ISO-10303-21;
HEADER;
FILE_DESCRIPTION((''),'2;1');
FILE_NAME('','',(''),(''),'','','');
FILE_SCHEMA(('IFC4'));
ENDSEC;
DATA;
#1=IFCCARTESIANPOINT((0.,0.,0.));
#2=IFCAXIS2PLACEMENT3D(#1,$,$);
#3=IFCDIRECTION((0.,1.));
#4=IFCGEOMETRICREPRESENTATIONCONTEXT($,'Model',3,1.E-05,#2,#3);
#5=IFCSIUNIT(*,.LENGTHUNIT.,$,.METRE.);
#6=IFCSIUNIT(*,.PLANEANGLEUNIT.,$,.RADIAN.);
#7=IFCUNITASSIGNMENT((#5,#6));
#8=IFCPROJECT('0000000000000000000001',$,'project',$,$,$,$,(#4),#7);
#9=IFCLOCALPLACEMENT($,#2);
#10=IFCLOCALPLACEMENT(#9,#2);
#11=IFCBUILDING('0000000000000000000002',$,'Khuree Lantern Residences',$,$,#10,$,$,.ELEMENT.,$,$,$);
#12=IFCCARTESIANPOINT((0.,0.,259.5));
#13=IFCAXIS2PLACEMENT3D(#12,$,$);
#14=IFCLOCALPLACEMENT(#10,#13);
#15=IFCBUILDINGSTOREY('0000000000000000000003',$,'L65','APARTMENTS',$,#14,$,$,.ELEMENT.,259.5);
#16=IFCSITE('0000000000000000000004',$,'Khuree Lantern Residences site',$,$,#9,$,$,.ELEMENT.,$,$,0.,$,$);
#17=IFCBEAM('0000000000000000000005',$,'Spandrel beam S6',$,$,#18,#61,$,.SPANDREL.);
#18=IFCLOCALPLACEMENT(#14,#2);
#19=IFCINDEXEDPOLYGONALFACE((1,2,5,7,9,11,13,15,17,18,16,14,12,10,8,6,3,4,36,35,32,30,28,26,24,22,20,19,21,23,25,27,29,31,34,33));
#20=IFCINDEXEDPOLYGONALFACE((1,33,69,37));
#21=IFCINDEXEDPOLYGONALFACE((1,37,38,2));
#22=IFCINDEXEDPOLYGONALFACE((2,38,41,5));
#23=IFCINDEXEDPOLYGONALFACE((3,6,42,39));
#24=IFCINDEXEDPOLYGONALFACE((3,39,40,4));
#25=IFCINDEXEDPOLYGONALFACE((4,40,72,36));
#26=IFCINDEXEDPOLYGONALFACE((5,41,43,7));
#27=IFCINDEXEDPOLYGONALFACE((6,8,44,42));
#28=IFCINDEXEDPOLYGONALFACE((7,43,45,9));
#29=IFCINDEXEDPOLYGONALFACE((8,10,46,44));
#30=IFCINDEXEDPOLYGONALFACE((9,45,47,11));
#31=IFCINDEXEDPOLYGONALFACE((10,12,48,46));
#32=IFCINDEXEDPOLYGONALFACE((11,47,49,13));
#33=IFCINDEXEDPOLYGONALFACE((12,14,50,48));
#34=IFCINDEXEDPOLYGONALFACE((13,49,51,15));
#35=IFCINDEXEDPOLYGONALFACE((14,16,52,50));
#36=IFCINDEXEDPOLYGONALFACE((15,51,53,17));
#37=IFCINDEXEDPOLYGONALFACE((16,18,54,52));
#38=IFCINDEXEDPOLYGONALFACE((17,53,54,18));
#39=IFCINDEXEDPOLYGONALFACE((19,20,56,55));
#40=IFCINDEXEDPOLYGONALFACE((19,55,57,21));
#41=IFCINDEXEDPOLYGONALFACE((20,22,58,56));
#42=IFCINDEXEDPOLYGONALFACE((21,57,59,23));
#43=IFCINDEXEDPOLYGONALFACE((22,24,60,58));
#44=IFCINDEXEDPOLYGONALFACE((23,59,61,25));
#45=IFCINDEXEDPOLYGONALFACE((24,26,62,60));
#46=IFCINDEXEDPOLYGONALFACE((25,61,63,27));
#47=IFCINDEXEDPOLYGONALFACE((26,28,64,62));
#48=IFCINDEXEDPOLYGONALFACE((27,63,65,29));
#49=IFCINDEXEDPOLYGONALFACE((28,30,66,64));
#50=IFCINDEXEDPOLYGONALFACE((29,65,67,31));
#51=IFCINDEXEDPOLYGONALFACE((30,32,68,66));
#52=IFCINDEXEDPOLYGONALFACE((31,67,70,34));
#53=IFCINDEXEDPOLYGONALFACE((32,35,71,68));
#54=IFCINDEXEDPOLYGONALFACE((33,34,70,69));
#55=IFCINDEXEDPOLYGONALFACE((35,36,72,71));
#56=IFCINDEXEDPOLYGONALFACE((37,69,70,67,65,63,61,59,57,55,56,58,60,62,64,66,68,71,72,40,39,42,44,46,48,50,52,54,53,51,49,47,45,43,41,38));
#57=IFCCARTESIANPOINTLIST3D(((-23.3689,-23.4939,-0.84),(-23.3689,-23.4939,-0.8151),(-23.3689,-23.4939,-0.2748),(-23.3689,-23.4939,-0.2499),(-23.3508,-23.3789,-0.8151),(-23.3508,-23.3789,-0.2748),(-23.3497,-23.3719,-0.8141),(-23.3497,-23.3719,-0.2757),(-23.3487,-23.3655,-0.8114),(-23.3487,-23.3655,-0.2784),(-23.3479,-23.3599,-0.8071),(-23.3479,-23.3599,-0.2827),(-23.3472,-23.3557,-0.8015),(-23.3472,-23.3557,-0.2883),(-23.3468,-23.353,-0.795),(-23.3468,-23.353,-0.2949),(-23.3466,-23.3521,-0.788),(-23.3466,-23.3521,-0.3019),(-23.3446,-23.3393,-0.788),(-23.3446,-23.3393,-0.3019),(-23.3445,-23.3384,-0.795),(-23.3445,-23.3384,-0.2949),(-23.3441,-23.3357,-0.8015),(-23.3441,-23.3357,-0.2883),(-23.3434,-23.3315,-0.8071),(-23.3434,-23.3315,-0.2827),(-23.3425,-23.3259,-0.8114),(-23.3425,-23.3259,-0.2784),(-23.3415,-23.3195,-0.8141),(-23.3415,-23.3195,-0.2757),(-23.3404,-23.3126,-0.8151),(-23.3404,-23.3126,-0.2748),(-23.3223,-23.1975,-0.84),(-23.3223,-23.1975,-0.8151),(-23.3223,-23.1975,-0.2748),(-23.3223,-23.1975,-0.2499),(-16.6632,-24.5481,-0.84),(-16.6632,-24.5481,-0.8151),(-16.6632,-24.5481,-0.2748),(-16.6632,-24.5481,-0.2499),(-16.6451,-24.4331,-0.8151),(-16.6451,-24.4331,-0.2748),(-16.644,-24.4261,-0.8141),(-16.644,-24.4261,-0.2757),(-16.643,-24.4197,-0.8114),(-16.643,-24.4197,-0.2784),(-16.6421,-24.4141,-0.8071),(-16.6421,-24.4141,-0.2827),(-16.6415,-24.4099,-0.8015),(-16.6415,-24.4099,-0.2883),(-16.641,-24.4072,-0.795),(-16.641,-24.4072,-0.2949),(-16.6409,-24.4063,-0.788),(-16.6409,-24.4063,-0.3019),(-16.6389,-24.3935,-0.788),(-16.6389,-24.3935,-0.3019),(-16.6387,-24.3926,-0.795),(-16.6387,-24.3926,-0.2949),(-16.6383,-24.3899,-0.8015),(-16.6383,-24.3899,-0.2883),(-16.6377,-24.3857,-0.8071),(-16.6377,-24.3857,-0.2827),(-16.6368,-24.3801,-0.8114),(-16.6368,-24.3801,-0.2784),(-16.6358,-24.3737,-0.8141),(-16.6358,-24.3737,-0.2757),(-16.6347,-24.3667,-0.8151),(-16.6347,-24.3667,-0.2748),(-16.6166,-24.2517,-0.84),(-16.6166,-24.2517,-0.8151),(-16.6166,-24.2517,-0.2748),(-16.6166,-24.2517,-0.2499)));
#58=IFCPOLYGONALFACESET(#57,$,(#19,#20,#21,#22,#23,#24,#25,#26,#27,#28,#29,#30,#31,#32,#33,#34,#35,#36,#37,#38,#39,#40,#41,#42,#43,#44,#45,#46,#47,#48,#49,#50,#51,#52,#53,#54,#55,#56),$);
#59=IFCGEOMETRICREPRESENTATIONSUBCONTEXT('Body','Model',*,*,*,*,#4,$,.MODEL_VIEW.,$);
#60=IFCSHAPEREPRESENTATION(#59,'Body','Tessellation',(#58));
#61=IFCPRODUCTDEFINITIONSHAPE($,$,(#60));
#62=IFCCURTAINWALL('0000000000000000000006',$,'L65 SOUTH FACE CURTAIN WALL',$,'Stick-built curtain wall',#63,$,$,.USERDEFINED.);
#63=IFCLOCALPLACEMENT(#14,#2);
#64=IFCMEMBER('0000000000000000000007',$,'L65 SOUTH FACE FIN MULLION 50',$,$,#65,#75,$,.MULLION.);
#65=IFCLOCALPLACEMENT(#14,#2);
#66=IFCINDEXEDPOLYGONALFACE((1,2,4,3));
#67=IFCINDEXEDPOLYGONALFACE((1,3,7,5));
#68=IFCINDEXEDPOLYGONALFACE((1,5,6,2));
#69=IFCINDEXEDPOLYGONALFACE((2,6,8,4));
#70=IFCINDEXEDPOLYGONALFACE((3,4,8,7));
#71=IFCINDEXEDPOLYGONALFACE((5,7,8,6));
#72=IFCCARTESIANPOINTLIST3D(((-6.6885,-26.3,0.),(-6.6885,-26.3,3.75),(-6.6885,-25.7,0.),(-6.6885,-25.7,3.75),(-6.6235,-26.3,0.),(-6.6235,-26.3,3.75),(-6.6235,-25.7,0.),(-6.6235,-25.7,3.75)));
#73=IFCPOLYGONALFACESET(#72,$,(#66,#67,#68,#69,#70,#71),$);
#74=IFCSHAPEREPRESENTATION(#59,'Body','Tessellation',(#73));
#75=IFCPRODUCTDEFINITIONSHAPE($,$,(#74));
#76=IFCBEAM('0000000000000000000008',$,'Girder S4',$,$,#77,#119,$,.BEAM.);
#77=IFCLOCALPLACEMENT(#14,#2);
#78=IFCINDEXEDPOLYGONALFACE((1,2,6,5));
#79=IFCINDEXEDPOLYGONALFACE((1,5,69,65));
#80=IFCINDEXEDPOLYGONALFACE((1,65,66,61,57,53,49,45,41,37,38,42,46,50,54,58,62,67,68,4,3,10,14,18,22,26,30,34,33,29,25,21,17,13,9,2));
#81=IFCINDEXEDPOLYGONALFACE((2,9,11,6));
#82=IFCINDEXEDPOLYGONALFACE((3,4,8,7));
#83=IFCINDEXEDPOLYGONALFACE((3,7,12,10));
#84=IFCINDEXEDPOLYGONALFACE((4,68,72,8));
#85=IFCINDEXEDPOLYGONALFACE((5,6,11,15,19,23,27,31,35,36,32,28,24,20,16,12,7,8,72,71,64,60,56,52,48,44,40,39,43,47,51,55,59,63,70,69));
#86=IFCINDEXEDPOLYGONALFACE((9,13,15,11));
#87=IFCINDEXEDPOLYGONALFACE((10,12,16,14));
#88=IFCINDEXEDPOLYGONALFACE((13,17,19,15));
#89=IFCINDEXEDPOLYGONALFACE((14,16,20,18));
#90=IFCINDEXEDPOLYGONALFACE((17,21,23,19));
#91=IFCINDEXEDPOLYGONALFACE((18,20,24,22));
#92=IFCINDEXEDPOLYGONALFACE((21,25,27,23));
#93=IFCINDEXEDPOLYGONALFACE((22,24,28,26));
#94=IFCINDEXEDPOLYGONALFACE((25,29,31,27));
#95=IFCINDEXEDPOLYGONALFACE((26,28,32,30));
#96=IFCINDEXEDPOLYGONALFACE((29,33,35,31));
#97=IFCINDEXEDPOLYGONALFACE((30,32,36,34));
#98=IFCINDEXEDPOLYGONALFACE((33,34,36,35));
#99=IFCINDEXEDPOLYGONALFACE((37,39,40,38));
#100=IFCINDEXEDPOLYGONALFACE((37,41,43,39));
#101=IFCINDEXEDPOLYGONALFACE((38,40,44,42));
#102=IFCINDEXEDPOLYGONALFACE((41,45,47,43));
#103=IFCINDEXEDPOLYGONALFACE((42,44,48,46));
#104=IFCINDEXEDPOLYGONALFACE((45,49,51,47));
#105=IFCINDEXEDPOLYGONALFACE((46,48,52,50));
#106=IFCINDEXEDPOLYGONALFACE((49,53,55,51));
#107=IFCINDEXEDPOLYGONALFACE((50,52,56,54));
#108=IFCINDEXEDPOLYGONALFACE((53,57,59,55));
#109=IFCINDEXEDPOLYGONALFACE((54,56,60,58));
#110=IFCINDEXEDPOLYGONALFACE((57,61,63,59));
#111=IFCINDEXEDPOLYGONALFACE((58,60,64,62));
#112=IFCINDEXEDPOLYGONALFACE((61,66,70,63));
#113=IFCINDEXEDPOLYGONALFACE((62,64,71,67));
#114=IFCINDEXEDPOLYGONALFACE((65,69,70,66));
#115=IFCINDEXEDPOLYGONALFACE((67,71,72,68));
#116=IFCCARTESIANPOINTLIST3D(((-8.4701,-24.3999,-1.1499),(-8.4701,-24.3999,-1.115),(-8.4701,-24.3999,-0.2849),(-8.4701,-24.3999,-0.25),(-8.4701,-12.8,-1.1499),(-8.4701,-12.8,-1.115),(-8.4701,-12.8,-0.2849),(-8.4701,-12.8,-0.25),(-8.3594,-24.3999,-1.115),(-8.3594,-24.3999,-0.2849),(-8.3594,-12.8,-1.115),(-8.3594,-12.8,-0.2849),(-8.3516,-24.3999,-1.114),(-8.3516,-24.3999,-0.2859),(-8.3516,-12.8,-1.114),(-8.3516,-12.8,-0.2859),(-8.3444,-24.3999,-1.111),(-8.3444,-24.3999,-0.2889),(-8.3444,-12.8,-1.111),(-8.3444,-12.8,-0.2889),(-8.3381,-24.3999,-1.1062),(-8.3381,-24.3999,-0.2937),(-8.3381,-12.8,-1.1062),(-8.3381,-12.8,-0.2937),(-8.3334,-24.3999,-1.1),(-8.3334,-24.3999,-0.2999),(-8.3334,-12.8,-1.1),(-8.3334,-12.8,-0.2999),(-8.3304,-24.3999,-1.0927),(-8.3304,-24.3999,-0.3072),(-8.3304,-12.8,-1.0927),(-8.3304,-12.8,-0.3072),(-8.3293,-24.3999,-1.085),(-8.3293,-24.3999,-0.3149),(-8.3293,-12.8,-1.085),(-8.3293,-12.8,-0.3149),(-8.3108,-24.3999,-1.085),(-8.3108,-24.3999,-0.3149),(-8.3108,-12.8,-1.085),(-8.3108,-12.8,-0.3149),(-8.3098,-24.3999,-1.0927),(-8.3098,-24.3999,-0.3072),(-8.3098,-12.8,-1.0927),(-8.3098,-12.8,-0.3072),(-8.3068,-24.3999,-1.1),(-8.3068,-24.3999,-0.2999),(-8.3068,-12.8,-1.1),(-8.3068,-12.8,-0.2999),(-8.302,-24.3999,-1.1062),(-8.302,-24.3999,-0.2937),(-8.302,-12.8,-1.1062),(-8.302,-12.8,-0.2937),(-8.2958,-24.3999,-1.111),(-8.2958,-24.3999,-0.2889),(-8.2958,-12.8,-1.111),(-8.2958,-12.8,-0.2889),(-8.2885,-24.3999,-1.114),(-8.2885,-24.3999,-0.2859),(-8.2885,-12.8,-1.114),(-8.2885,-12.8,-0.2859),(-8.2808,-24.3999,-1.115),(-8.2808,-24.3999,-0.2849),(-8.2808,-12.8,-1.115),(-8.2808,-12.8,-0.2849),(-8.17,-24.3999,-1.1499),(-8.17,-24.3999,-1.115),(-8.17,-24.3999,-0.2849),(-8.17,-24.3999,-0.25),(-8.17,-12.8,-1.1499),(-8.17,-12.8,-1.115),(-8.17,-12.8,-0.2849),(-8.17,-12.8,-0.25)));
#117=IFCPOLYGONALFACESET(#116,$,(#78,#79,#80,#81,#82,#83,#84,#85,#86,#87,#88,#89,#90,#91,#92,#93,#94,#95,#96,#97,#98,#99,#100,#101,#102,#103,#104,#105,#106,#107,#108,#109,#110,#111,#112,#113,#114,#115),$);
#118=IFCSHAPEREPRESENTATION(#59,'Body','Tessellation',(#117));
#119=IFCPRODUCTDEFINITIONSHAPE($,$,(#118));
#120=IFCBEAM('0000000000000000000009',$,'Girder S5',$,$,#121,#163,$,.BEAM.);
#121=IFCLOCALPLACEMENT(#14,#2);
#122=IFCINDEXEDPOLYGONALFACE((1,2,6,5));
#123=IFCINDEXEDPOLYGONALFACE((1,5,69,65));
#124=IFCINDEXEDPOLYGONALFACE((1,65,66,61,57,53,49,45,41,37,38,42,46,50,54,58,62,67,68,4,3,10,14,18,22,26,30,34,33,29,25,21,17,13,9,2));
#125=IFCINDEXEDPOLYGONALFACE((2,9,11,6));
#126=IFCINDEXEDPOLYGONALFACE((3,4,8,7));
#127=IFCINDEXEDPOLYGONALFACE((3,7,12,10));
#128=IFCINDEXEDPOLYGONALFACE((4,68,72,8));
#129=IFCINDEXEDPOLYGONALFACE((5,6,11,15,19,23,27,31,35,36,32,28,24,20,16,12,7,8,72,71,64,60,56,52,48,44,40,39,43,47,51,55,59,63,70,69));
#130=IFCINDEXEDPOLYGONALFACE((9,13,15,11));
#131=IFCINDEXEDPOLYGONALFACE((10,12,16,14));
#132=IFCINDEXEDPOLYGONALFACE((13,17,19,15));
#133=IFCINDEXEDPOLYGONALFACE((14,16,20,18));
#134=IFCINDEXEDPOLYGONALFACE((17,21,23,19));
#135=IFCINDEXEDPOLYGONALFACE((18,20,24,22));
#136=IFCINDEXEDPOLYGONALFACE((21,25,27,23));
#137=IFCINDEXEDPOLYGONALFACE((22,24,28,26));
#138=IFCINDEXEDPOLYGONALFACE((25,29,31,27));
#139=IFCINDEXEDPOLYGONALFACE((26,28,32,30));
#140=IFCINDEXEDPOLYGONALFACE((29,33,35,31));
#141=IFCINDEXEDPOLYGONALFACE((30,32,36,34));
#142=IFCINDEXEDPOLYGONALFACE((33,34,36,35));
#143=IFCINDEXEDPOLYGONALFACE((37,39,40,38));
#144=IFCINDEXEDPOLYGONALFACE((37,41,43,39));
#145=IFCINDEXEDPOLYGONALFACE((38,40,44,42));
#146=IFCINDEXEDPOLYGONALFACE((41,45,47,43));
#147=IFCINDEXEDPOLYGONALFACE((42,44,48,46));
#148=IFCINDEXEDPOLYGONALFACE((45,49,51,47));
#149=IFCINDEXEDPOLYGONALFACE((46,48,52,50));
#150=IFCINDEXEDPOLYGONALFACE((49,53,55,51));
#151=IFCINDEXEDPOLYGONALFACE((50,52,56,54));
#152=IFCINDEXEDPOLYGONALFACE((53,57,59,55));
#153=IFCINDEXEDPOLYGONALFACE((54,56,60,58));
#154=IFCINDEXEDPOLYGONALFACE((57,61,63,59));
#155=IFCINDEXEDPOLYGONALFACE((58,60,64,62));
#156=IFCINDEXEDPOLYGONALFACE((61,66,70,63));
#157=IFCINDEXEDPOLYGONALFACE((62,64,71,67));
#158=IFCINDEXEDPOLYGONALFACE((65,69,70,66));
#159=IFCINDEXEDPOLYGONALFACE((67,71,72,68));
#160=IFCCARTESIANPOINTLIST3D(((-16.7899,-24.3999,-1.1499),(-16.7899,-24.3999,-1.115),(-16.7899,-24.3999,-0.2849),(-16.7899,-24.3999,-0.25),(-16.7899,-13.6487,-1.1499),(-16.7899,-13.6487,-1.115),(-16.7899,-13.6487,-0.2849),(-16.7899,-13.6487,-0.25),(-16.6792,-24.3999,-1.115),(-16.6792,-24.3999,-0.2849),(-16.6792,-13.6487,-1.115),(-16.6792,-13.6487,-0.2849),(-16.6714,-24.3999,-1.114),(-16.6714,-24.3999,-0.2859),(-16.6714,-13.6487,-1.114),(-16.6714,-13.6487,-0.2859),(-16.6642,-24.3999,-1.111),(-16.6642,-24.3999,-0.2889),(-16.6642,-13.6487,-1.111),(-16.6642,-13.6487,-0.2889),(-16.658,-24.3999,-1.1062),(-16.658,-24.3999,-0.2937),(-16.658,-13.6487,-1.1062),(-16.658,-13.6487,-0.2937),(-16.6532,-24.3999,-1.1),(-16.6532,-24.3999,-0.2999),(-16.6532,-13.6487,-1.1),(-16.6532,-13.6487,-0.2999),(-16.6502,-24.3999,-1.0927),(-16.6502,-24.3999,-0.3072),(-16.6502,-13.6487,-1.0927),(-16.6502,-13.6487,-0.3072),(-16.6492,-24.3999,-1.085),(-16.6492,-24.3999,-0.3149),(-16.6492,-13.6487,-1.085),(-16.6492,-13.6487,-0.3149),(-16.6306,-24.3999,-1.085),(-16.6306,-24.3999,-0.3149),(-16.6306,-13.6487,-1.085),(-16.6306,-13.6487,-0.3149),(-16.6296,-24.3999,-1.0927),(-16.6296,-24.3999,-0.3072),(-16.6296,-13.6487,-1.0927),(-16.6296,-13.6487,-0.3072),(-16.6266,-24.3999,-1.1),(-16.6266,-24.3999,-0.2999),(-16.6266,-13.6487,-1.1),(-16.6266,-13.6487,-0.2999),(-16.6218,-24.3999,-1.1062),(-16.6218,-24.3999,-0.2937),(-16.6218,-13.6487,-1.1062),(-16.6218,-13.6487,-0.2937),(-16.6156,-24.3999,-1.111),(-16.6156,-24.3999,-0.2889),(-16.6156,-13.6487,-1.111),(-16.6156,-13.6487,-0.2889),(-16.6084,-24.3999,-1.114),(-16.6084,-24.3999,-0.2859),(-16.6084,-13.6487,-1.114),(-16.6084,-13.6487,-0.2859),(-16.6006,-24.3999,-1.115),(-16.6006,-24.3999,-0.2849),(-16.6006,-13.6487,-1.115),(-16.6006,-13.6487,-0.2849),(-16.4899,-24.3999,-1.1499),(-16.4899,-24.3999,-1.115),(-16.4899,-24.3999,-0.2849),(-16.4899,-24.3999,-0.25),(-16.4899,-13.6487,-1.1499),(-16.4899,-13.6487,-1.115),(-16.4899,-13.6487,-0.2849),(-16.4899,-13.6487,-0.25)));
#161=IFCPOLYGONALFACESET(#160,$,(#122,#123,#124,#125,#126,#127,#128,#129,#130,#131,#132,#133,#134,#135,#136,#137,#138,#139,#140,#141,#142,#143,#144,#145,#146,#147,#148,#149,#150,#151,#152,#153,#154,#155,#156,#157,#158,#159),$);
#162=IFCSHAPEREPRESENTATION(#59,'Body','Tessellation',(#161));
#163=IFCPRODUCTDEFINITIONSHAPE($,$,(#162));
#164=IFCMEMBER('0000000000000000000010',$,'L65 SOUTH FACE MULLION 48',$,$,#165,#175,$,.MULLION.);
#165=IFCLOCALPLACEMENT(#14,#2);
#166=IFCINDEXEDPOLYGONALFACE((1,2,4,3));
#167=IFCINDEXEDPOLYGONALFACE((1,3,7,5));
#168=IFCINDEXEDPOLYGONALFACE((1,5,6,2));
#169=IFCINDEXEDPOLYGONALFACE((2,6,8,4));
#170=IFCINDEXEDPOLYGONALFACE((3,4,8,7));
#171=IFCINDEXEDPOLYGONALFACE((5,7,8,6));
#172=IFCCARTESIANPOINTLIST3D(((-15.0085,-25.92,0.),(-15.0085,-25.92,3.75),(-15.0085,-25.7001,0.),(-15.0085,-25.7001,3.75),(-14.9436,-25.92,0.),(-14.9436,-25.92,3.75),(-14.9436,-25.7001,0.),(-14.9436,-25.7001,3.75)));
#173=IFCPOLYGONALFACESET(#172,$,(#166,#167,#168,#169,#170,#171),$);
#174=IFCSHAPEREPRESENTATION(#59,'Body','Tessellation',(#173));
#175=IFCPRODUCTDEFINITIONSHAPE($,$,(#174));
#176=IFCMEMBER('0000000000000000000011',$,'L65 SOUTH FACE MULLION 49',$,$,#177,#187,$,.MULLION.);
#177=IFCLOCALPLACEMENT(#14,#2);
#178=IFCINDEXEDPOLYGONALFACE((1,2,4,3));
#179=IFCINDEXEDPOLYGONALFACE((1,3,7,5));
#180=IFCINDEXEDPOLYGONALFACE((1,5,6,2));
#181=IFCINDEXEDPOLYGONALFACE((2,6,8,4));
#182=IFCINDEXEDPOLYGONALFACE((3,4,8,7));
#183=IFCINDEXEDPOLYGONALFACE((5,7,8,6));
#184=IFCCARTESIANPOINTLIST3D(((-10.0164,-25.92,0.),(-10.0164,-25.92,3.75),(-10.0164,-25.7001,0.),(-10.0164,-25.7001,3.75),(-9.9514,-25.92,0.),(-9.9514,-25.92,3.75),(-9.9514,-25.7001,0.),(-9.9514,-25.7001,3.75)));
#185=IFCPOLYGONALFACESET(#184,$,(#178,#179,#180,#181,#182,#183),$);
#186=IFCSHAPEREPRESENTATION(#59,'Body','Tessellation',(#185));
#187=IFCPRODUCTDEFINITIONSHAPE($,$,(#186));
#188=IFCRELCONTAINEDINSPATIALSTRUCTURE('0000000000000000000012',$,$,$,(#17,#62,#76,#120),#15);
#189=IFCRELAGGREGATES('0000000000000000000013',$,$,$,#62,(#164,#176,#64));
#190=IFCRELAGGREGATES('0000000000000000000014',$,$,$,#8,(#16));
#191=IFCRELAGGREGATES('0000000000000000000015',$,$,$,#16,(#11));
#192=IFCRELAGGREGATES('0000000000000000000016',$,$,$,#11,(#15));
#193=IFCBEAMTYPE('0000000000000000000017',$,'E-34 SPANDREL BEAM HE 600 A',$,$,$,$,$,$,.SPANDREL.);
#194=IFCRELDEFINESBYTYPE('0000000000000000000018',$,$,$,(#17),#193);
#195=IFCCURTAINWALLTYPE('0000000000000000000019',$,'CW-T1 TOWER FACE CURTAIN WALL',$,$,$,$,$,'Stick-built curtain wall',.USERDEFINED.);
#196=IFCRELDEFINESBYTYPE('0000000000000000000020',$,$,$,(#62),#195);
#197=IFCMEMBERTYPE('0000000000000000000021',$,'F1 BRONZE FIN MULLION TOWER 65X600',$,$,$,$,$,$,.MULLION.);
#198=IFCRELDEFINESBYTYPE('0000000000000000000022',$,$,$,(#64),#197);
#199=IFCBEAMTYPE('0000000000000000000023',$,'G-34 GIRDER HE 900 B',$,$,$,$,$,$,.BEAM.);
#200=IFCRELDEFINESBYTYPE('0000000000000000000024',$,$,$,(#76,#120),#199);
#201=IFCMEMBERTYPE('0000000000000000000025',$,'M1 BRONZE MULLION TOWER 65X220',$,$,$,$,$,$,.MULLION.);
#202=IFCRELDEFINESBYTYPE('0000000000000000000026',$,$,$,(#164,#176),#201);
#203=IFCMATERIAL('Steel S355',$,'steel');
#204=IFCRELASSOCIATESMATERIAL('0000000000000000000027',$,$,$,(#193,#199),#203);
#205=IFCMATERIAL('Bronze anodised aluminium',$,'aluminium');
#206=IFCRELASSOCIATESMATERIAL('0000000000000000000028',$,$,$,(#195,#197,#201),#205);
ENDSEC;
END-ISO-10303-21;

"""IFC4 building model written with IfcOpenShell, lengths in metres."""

from ifc_helpers import new_model, si_unit, direction, frame, origin, origin_2d, place, context, subcontext, project, spatial, rectangle, i_section, extrude, material, material_profile, profile_set, type_object, element, aggregate, save


model = new_model("IFC4")

# Units and contexts
model_context = context("Model", 3, precision=1e-05, world=origin(), true_north=direction((0.0, 1.0)))
body_context = subcontext(model_context, "Body", "Model", "MODEL_VIEW")
ifc_project = project(units=[si_unit("LENGTHUNIT", "METRE"), si_unit("PLANEANGLEUNIT", "RADIAN")], contexts=[model_context])

# Site, building, storey
site_placement = place(None, origin())
site = spatial("IfcSite", under=ifc_project, at=site_placement, Name="Khuree Lantern Residences site", CompositionType="ELEMENT", RefElevation=0.0)
building_placement = place(site_placement, origin())
building = spatial("IfcBuilding", under=site, at=building_placement, Name="Khuree Lantern Residences", CompositionType="ELEMENT")
storey_placement = place(building_placement, frame((0.0, 0.0, 259.5)))
storey = spatial("IfcBuildingStorey", under=building, at=storey_placement, Name="L65", Description="APARTMENTS", CompositionType="ELEMENT", Elevation=259.5)

# Beam
ifc_material_1 = material(Name="Steel S355", Category="steel")
ifc_material_profile_1 = material_profile(ifc_material_1, i_section(OverallWidth=0.3, OverallDepth=0.5901, WebThickness=0.0129, FlangeThickness=0.0249, FilletRadius=0.0271, at=origin_2d()), Name="HE 600 A")
ifc_profile_set_1 = profile_set([ifc_material_profile_1], Name="Steel S355")
beam_type_1 = type_object("IfcBeamType", Name="E-34 SPANDREL BEAM HE 600 A", PredefinedType="SPANDREL", material=ifc_profile_set_1)
beam_1_placement = place(storey_placement, frame((-16.6399, -24.3999, -0.5449), z_axis=(-0.987867, 0.1553, 0.0), x_axis=(-0.1553, -0.987867, 0.0)))
element("IfcBeam", 1, at=beam_1_placement, inside=storey, type_object=beam_type_1, Name="Spandrel beam S6", PredefinedType="SPANDREL", context=body_context, shape_type="SweptSolid", body=[
    extrude(i_section(OverallWidth=0.3, OverallDepth=0.5901, WebThickness=0.0129, FlangeThickness=0.0249, FilletRadius=0.0271, at=origin_2d()), origin(), (0.0, 0.0, 1.0), 6.7881),
])

# Curtain wall, member
ifc_material_2 = material(Name="Bronze anodised aluminium", Category="aluminium")
curtain_wall_type = type_object("IfcCurtainWallType", Name="CW-T1 TOWER FACE CURTAIN WALL", ElementType="Stick-built curtain wall", PredefinedType="USERDEFINED", material=ifc_material_2)
curtain_wall_placement = place(storey_placement, origin())
curtain_wall = element("IfcCurtainWall", 2, at=curtain_wall_placement, inside=storey, type_object=curtain_wall_type, Name="L65 SOUTH FACE CURTAIN WALL", ObjectType="Stick-built curtain wall", PredefinedType="USERDEFINED")
ifc_material_profile_2 = material_profile(ifc_material_2, rectangle(XDim=0.0649, YDim=0.6001, at=origin_2d()), Name="F1 65X600")
ifc_profile_set_2 = profile_set([ifc_material_profile_2], Name="Bronze anodised aluminium")
member_type_1 = type_object("IfcMemberType", Name="F1 BRONZE FIN MULLION TOWER 65X600", PredefinedType="MULLION", material=ifc_profile_set_2)
member_1_placement = place(storey_placement, frame((-6.656, -26.0, 0.0), z_axis=(0.0, 0.0, 1.0), x_axis=(1.0, 0.0, 0.0)))
member_1 = element("IfcMember", 3, at=member_1_placement, type_object=member_type_1, Name="L65 SOUTH FACE FIN MULLION 50", PredefinedType="MULLION", context=body_context, shape_type="SweptSolid", body=[
    extrude(rectangle(XDim=0.0649, YDim=0.6001, at=origin_2d()), origin(), (0.0, 0.0, 1.0), 3.75),
])

# Beams
ifc_material_profile_3 = material_profile(ifc_material_1, i_section(OverallWidth=0.3, OverallDepth=0.8999, WebThickness=0.0186, FlangeThickness=0.0349, FilletRadius=0.03, at=origin_2d()), Name="HE 900 B")
ifc_profile_set_3 = profile_set([ifc_material_profile_3], Name="Steel S355")
beam_type_2 = type_object("IfcBeamType", Name="G-34 GIRDER HE 900 B", PredefinedType="BEAM", material=ifc_profile_set_3)
beam_2_placement = place(storey_placement, frame((-8.3201, -24.3999, -0.7), z_axis=(0.0, 1.0, 0.0), x_axis=(-1.0, 0.0, 0.0)))
element("IfcBeam", 4, at=beam_2_placement, inside=storey, type_object=beam_type_2, Name="Girder S4", PredefinedType="BEAM", context=body_context, shape_type="SweptSolid", body=[
    extrude(i_section(OverallWidth=0.3, OverallDepth=0.8999, WebThickness=0.0186, FlangeThickness=0.0349, FilletRadius=0.03, at=origin_2d()), origin(), (0.0, 0.0, 1.0), 11.5999),
])
beam_3_placement = place(storey_placement, frame((-16.6399, -24.3999, -0.7), z_axis=(0.0, 1.0, 0.0), x_axis=(-1.0, 0.0, 0.0)))
element("IfcBeam", 5, at=beam_3_placement, inside=storey, type_object=beam_type_2, Name="Girder S5", PredefinedType="BEAM", context=body_context, shape_type="SweptSolid", body=[
    extrude(i_section(OverallWidth=0.3, OverallDepth=0.8999, WebThickness=0.0186, FlangeThickness=0.0349, FilletRadius=0.03, at=origin_2d()), origin(), (0.0, 0.0, 1.0), 10.7512),
])

# Members
ifc_material_profile_4 = material_profile(ifc_material_2, rectangle(XDim=0.0649, YDim=0.22, at=origin_2d()), Name="M1 65X220")
ifc_profile_set_4 = profile_set([ifc_material_profile_4], Name="Bronze anodised aluminium")
member_type_2 = type_object("IfcMemberType", Name="M1 BRONZE MULLION TOWER 65X220", PredefinedType="MULLION", material=ifc_profile_set_4)
member_2_placement = place(storey_placement, frame((-14.9761, -25.8101, 0.0), z_axis=(0.0, 0.0, 1.0), x_axis=(1.0, 0.0, 0.0)))
member_2 = element("IfcMember", 6, at=member_2_placement, type_object=member_type_2, Name="L65 SOUTH FACE MULLION 48", PredefinedType="MULLION", context=body_context, shape_type="SweptSolid", body=[
    extrude(rectangle(XDim=0.0649, YDim=0.22, at=origin_2d()), origin(), (0.0, 0.0, 1.0), 3.75),
])
member_3_placement = place(storey_placement, frame((-9.9839, -25.8101, 0.0), z_axis=(0.0, 0.0, 1.0), x_axis=(1.0, 0.0, 0.0)))
member_3 = element("IfcMember", 7, at=member_3_placement, type_object=member_type_2, Name="L65 SOUTH FACE MULLION 49", PredefinedType="MULLION", context=body_context, shape_type="SweptSolid", body=[
    extrude(rectangle(XDim=0.0649, YDim=0.22, at=origin_2d()), origin(), (0.0, 0.0, 1.0), 3.75),
])

aggregate(curtain_wall, [member_2, member_3, member_1])

save(model, "model.ifc")
